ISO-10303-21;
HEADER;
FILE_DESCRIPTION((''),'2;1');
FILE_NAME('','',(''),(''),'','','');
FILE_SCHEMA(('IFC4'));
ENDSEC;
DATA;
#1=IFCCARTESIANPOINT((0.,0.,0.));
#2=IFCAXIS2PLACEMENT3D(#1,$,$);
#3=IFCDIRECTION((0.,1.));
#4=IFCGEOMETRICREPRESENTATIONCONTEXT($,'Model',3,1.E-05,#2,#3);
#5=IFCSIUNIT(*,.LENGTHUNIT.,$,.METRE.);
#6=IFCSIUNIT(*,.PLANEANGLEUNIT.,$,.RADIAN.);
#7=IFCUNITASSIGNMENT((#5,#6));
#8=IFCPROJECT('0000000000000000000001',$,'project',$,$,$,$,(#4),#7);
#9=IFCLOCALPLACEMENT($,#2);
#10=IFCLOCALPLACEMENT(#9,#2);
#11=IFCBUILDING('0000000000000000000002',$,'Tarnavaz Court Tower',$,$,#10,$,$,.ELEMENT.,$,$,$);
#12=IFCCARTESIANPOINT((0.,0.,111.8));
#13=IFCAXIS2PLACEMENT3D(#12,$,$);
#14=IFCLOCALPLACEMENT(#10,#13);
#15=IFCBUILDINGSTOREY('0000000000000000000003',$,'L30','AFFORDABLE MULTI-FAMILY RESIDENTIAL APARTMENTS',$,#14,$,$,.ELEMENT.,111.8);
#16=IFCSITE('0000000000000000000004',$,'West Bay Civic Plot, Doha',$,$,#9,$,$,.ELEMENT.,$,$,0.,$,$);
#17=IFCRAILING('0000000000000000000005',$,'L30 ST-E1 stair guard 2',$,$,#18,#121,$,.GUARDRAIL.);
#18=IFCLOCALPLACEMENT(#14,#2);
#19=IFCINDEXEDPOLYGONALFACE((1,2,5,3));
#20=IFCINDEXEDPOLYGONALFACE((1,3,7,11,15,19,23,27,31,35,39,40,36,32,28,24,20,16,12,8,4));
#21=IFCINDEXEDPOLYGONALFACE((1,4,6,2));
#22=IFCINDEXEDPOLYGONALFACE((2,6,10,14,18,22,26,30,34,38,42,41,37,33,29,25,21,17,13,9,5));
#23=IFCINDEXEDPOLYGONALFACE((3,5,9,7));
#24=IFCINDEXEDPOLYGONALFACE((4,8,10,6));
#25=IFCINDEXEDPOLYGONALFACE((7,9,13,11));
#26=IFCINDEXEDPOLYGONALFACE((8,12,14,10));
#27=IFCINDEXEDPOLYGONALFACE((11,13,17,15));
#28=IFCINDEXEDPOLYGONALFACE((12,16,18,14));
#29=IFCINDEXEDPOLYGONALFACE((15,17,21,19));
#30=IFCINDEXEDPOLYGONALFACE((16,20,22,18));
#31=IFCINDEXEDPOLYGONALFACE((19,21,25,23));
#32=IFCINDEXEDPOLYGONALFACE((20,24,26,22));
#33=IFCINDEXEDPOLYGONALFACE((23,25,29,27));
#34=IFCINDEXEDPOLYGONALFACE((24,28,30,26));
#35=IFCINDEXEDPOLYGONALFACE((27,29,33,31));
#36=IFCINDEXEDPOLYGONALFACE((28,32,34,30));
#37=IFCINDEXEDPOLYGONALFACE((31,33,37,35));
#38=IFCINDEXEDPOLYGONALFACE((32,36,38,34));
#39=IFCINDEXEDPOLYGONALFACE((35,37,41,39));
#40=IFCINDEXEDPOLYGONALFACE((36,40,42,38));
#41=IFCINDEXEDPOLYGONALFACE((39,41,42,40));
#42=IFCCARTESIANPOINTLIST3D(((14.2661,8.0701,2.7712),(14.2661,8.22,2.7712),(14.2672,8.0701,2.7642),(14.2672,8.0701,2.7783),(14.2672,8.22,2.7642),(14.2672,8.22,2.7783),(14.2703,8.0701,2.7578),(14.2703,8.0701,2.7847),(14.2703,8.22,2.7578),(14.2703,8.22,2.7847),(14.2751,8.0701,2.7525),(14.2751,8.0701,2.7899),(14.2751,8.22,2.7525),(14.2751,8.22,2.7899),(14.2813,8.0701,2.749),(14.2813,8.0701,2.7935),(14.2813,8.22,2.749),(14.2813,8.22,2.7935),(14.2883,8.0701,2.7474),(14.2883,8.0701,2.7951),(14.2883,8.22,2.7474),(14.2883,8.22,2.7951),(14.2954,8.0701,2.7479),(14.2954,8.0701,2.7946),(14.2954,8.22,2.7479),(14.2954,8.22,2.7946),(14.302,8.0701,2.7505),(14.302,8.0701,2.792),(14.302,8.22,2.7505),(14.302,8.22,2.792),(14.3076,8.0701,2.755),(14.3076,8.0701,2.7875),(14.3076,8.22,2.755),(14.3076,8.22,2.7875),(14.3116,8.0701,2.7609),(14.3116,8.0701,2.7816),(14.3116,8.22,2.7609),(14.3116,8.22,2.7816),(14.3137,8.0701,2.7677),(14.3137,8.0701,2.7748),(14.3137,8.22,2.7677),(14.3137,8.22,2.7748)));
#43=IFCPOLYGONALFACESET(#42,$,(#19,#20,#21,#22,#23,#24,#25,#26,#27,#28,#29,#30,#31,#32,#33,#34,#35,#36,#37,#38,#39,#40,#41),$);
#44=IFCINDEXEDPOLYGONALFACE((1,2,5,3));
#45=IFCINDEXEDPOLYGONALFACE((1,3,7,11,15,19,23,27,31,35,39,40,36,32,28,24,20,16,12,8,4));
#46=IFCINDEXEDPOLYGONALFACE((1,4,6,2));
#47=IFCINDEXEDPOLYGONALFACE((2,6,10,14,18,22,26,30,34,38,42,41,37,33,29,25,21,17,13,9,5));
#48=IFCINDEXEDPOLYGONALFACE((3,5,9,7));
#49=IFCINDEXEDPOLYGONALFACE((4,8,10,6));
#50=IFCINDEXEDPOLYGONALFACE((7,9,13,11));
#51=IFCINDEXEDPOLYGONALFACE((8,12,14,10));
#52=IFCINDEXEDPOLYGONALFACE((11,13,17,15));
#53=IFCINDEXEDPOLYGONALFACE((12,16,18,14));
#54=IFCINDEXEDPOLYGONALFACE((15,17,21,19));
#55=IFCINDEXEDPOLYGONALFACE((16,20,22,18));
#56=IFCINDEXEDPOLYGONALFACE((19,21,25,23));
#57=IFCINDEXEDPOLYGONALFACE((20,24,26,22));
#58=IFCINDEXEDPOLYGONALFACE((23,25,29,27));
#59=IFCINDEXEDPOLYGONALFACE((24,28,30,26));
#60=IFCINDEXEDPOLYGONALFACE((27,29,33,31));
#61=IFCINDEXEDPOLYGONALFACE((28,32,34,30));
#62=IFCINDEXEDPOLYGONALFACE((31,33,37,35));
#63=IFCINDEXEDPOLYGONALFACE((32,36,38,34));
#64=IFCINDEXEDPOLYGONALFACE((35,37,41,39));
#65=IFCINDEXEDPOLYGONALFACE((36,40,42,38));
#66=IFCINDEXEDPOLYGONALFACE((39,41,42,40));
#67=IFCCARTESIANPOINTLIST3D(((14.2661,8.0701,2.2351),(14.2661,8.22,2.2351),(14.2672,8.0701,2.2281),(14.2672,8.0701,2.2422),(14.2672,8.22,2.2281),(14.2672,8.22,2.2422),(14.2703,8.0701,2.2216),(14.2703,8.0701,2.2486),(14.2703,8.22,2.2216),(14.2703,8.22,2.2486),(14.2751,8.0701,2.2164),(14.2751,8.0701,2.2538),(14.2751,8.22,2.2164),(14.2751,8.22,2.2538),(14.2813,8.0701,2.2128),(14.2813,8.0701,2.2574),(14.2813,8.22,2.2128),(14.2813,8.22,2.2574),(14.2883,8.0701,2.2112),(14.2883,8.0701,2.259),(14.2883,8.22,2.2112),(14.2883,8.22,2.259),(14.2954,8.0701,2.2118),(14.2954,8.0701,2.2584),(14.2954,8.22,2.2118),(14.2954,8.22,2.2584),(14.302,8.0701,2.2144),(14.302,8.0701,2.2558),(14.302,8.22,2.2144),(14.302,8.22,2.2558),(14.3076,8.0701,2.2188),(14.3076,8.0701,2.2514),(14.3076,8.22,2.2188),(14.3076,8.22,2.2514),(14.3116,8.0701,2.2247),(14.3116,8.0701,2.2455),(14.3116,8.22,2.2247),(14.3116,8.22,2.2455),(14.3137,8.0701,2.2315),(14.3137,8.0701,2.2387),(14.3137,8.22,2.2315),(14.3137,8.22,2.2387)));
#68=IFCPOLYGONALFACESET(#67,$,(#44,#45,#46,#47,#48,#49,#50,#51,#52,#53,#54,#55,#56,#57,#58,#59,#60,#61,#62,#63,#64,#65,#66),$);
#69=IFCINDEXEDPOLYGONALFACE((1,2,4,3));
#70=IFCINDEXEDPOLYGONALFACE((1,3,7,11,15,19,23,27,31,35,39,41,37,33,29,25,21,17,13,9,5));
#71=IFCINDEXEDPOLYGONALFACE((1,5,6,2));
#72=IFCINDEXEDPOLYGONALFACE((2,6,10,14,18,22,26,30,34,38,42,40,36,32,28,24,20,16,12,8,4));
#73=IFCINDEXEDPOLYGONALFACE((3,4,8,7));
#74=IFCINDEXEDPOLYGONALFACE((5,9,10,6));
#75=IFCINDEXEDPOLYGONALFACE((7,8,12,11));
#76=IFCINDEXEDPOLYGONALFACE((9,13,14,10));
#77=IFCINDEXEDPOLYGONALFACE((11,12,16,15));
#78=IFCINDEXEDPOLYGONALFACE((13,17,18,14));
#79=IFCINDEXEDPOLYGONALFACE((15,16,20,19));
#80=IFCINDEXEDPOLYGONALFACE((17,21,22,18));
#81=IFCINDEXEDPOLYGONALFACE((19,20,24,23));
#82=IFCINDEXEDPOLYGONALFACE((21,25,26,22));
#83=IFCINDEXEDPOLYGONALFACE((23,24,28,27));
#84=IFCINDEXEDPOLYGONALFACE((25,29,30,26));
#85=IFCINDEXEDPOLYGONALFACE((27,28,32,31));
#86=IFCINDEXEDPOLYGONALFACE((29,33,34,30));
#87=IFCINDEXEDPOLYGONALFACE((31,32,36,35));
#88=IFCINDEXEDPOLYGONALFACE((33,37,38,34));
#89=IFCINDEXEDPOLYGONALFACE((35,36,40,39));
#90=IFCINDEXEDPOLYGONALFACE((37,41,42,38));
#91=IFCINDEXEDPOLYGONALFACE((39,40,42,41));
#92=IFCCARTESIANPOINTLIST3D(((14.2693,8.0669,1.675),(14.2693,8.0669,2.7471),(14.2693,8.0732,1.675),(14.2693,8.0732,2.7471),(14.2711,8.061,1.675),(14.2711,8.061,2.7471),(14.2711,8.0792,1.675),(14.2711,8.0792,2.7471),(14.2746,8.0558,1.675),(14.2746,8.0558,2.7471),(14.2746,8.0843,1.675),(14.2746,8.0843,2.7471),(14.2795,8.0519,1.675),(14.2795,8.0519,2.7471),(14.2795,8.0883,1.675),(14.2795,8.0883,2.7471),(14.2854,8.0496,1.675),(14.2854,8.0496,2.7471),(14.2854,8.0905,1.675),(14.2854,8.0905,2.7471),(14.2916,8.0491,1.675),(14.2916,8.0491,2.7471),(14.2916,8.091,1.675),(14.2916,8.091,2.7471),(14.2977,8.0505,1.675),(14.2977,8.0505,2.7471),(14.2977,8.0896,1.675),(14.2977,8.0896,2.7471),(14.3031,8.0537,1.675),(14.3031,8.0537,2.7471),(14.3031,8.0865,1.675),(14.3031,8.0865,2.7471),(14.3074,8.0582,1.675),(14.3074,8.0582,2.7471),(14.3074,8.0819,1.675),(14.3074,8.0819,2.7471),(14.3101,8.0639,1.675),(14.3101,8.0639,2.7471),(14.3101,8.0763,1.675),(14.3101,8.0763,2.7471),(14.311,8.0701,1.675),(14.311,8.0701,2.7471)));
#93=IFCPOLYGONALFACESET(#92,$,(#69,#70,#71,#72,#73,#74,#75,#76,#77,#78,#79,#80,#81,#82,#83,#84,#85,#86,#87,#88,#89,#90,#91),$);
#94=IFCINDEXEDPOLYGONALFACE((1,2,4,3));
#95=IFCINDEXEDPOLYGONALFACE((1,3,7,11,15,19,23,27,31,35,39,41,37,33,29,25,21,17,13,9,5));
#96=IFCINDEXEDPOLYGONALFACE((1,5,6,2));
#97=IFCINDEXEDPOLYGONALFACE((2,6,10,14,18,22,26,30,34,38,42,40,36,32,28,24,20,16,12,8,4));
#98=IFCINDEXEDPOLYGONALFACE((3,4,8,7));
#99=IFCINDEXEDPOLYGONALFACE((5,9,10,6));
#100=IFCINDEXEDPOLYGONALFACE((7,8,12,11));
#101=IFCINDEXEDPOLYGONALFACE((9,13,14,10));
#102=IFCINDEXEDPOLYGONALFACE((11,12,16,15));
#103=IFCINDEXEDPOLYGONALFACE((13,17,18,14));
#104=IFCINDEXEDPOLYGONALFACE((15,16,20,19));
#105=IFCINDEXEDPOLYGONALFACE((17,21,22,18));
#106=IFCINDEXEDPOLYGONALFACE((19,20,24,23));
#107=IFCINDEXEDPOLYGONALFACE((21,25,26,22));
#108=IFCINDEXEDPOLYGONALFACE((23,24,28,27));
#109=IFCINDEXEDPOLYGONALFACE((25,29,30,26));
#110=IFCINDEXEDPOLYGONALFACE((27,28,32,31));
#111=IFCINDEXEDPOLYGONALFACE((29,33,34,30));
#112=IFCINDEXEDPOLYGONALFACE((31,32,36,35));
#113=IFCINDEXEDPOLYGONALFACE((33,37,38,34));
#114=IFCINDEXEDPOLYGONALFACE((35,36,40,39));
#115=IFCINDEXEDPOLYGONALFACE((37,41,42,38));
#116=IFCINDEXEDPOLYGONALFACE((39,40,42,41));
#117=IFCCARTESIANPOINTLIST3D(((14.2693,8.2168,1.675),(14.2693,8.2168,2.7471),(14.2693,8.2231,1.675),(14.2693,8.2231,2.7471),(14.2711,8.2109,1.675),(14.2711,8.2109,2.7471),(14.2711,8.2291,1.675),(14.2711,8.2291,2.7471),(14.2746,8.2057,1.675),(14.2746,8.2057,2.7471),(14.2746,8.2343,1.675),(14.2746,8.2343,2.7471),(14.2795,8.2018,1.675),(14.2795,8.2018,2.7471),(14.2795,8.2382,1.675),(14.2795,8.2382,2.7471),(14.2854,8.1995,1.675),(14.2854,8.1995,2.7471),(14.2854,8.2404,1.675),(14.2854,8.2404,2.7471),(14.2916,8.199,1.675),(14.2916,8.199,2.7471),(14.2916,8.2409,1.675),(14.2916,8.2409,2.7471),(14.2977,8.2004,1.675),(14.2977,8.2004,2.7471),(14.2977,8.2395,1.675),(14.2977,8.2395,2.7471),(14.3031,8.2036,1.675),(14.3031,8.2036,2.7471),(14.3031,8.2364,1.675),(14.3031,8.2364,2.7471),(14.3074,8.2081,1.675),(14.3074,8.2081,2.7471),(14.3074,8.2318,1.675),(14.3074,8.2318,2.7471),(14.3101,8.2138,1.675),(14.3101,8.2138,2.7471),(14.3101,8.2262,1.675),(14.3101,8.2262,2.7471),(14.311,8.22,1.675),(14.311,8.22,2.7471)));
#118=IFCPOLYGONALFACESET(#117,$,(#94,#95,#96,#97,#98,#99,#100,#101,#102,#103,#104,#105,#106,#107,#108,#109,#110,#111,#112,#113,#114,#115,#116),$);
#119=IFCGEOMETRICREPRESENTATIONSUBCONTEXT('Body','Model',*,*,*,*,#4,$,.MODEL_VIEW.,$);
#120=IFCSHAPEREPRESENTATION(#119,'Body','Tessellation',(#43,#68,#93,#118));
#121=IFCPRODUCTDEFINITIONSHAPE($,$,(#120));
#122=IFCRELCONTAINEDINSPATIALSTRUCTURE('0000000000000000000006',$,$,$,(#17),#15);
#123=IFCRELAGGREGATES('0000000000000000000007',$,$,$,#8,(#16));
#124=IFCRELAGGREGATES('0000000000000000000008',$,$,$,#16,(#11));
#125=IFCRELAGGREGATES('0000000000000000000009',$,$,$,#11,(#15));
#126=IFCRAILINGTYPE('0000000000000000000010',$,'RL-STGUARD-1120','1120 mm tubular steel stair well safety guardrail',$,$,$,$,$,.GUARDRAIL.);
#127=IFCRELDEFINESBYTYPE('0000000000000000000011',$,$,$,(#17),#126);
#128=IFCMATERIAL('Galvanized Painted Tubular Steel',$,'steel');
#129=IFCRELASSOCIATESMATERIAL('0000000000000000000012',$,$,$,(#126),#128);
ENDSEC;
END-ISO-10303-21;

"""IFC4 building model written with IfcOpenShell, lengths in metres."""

from ifc_helpers import new_model, si_unit, direction, frame, origin, origin_2d, place, context, subcontext, project, spatial, circle, extrude, material, type_object, element, save


model = new_model("IFC4")

# Units and contexts
model_context = context("Model", 3, precision=1e-05, world=origin(), true_north=direction((0.0, 1.0)))
body_context = subcontext(model_context, "Body", "Model", "MODEL_VIEW")
ifc_project = project(units=[si_unit("LENGTHUNIT", "METRE"), si_unit("PLANEANGLEUNIT", "RADIAN")], contexts=[model_context])

# Site, building, storey
site_placement = place(None, origin())
site = spatial("IfcSite", under=ifc_project, at=site_placement, Name="West Bay Civic Plot, Doha", CompositionType="ELEMENT", RefElevation=0.0)
building_placement = place(site_placement, origin())
building = spatial("IfcBuilding", under=site, at=building_placement, Name="Tarnavaz Court Tower", CompositionType="ELEMENT")
storey_placement = place(building_placement, frame((0.0, 0.0, 111.8)))
storey = spatial("IfcBuildingStorey", under=building, at=storey_placement, Name="L30", Description="AFFORDABLE MULTI-FAMILY RESIDENTIAL APARTMENTS", CompositionType="ELEMENT", Elevation=111.8)

# Railing
ifc_material_1 = material(Name="Galvanized Painted Tubular Steel", Category="steel")
railing_type_1 = type_object("IfcRailingType", Name="RL-STGUARD-1120", Description="1120 mm tubular steel stair well safety guardrail", PredefinedType="GUARDRAIL", material=ifc_material_1)
railing_1_placement = place(storey_placement, frame((14.29, 8.0701, 1.675)))
element("IfcRailing", 1, at=railing_1_placement, inside=storey, type_object=railing_type_1, Name="L30 ST-E1 stair guard 2", PredefinedType="GUARDRAIL", context=body_context, shape_type="SweptSolid", body=[
    extrude(circle(Radius=0.0239, at=origin_2d()), frame((0.0, 0.0, 1.0962), z_axis=(0.0, 1.0, 0.0), x_axis=(-1.0, 0.0, 0.0)), (0.0, 0.0, 1.0), 0.1499),
    extrude(circle(Radius=0.0239, at=origin_2d()), frame((0.0, 0.0, 0.5601), z_axis=(0.0, 1.0, 0.0), x_axis=(-1.0, 0.0, 0.0)), (0.0, 0.0, 1.0), 0.1499),
    extrude(circle(Radius=0.021, at=origin_2d()), origin(), (0.0, 0.0, 1.0), 1.072),
    extrude(circle(Radius=0.021, at=origin_2d()), frame((0.0, 0.1499, 0.0)), (0.0, 0.0, 1.0), 1.072),
])

save(model, "model.ifc")
